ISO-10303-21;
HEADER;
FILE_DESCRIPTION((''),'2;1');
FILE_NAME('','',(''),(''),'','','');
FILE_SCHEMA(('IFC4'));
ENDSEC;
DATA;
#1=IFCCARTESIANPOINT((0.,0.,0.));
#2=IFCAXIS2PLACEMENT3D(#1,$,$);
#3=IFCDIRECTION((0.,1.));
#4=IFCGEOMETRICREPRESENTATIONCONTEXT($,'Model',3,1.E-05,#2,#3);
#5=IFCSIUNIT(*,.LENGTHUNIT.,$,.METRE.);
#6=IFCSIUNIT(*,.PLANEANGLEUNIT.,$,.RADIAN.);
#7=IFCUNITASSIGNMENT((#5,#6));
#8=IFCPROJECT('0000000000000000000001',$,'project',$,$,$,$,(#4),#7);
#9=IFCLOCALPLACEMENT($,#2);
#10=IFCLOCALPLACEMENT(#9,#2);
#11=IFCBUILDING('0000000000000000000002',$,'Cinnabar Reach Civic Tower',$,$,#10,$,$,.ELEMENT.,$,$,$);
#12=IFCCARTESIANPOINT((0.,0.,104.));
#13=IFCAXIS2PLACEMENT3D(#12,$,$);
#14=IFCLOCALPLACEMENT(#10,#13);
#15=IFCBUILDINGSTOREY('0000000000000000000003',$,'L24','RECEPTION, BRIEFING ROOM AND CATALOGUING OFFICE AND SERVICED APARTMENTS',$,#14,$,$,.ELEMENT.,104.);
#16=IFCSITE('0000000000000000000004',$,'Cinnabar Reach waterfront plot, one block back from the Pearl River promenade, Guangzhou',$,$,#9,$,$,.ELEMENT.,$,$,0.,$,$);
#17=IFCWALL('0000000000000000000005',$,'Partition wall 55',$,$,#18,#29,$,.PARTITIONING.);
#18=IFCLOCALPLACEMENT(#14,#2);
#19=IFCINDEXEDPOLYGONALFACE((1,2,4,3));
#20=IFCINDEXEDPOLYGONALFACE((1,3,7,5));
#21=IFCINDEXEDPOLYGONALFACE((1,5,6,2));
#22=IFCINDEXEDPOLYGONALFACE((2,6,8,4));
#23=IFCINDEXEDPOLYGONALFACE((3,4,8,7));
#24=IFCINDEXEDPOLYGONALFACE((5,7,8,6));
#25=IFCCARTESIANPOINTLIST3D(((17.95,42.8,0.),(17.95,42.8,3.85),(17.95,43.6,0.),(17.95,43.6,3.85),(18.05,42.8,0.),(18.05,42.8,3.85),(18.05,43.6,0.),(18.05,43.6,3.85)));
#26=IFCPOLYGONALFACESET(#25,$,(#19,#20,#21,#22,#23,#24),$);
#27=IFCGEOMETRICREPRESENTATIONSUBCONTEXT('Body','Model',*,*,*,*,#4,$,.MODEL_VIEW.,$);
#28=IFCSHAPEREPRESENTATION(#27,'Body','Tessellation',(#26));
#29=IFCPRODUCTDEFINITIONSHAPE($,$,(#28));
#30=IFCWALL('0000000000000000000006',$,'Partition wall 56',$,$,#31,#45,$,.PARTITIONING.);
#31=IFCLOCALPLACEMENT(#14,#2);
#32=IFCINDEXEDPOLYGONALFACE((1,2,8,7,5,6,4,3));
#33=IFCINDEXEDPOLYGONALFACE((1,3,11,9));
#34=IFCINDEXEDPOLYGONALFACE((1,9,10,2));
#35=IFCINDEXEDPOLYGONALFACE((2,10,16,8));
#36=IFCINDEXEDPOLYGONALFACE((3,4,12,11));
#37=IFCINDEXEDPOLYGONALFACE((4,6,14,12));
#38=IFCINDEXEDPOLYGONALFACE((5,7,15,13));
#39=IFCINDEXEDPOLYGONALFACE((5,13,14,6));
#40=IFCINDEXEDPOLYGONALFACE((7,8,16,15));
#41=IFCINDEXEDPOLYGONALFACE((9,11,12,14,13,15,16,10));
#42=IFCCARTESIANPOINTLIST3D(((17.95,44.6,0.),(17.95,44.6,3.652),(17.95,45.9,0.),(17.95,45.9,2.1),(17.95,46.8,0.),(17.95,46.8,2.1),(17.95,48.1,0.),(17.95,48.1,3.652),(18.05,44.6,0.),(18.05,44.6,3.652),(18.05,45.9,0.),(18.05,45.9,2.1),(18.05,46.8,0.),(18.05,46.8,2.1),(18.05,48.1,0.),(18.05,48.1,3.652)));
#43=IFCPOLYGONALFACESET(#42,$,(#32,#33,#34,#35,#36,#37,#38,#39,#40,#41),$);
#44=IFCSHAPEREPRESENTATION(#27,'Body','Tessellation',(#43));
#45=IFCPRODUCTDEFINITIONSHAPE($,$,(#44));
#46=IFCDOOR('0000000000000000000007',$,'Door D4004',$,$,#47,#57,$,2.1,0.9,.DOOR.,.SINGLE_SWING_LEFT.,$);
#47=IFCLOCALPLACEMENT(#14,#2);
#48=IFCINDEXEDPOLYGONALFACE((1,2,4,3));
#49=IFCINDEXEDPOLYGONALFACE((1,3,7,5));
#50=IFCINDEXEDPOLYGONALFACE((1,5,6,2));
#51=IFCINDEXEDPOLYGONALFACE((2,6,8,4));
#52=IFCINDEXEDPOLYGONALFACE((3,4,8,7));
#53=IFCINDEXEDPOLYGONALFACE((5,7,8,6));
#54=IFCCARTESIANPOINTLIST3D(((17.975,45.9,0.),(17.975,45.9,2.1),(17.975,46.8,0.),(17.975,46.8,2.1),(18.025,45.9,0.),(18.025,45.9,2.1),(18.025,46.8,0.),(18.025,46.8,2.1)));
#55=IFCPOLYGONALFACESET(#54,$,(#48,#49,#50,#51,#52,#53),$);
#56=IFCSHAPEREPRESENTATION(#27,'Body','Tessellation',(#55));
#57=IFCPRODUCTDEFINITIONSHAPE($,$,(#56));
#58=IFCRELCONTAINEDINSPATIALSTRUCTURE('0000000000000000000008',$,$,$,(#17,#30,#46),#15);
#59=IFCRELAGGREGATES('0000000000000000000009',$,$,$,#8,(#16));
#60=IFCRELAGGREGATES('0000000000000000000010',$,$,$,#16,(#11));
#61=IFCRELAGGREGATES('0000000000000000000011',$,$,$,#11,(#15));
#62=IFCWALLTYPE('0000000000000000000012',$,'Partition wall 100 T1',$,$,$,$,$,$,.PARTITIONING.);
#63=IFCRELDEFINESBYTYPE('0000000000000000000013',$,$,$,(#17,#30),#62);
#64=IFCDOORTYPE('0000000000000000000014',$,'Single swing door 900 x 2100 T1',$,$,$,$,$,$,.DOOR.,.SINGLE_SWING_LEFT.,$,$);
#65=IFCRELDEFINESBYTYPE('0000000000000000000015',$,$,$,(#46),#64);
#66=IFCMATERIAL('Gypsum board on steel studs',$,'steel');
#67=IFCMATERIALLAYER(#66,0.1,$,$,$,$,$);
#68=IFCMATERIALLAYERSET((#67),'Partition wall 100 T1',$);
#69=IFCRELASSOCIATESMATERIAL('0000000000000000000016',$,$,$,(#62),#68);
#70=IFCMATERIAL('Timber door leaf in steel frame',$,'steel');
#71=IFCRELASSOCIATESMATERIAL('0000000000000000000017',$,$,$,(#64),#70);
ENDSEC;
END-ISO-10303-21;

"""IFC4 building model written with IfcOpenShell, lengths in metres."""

from ifc_helpers import new_model, si_unit, direction, frame, frame_2d, origin, place, context, subcontext, project, spatial, rectangle, extrude, material, layer, layer_set, type_object, element, fill, save


model = new_model("IFC4")

# Units and contexts
model_context = context("Model", 3, precision=1e-05, world=origin(), true_north=direction((0.0, 1.0)))
body_context = subcontext(model_context, "Body", "Model", "MODEL_VIEW")
ifc_project = project(units=[si_unit("LENGTHUNIT", "METRE"), si_unit("PLANEANGLEUNIT", "RADIAN")], contexts=[model_context])

# Site, building, storey
site_placement = place(None, origin())
site = spatial("IfcSite", under=ifc_project, at=site_placement, Name="Cinnabar Reach waterfront plot, one block back from the Pearl River promenade, Guangzhou", CompositionType="ELEMENT", RefElevation=0.0)
building_placement = place(site_placement, origin())
building = spatial("IfcBuilding", under=site, at=building_placement, Name="Cinnabar Reach Civic Tower", CompositionType="ELEMENT")
storey_placement = place(building_placement, frame((0.0, 0.0, 104.0)))
storey = spatial("IfcBuildingStorey", under=building, at=storey_placement, Name="L24", Description="RECEPTION, BRIEFING ROOM AND CATALOGUING OFFICE AND SERVICED APARTMENTS", CompositionType="ELEMENT", Elevation=104.0)

# Shared definitions
ifc_material_1 = material(Name="Timber door leaf in steel frame", Category="steel")

# Wall
ifc_material_2 = material(Name="Gypsum board on steel studs", Category="steel")
ifc_layer_1 = layer(ifc_material_2, 0.1)
ifc_layer_set_1 = layer_set([ifc_layer_1], Name="Partition wall 100 T1")
wall_type_1 = type_object("IfcWallType", Name="Partition wall 100 T1", PredefinedType="PARTITIONING", material=ifc_layer_set_1)
wall_1_placement = place(storey_placement, frame((18.0, 42.8, 0.0), z_axis=(0.0, 0.0, 1.0), x_axis=(0.0, 1.0, 0.0)))
element("IfcWall", 1, at=wall_1_placement, inside=storey, type_object=wall_type_1, Name="Partition wall 55", PredefinedType="PARTITIONING", context=body_context, shape_type="SweptSolid", body=[
    extrude(rectangle(XDim=0.8, YDim=0.1, at=frame_2d((0.4, 0.0))), origin(), (0.0, 0.0, 1.0), 3.85),
])

# Wall, opening, door
wall_2_placement = place(storey_placement, frame((18.0, 44.6, 0.0), z_axis=(0.0, 0.0, 1.0), x_axis=(0.0, 1.0, 0.0)))
wall_2 = element("IfcWall", 2, at=wall_2_placement, inside=storey, type_object=wall_type_1, Name="Partition wall 56", PredefinedType="PARTITIONING", context=body_context, shape_type="SweptSolid", body=[
    extrude(rectangle(XDim=3.5, YDim=0.1, at=frame_2d((1.75, 0.0))), origin(), (0.0, 0.0, 1.0), 3.652),
])
opening_1_placement = place(wall_2_placement, frame((1.3, 0.0, 0.0)))
opening_1 = element("IfcOpeningElement", 3, at=opening_1_placement, cuts=wall_2, PredefinedType="OPENING", context=body_context, shape_type="SweptSolid", body=[
    extrude(rectangle(XDim=0.9, YDim=2.1, at=frame_2d((0.45, 1.05))), frame((0.0, 0.06, 0.0), z_axis=(0.0, -1.0, 0.0), x_axis=(1.0, 0.0, 0.0)), (0.0, 0.0, 1.0), 0.12),
])
door_type_1 = type_object("IfcDoorType", Name="Single swing door 900 x 2100 T1", OperationType="SINGLE_SWING_LEFT", PredefinedType="DOOR", material=ifc_material_1)
door_1_placement = place(opening_1_placement, frame((0.9, 0.0, 0.0), z_axis=(0.0, 0.0, 1.0), x_axis=(-1.0, 0.0, 0.0)))
door_1 = element("IfcDoor", 4, at=door_1_placement, inside=storey, type_object=door_type_1, Name="Door D4004", OperationType="SINGLE_SWING_LEFT", OverallHeight=2.1, OverallWidth=0.9, PredefinedType="DOOR", context=body_context, shape_type="SweptSolid", body=[
    extrude(rectangle(XDim=0.9, YDim=2.1, at=frame_2d((0.45, 1.05))), frame((0.0, 0.025, 0.0), z_axis=(0.0, -1.0, 0.0), x_axis=(1.0, 0.0, 0.0)), (0.0, 0.0, 1.0), 0.05),
])
fill(opening_1, door_1)

save(model, "model.ifc")
